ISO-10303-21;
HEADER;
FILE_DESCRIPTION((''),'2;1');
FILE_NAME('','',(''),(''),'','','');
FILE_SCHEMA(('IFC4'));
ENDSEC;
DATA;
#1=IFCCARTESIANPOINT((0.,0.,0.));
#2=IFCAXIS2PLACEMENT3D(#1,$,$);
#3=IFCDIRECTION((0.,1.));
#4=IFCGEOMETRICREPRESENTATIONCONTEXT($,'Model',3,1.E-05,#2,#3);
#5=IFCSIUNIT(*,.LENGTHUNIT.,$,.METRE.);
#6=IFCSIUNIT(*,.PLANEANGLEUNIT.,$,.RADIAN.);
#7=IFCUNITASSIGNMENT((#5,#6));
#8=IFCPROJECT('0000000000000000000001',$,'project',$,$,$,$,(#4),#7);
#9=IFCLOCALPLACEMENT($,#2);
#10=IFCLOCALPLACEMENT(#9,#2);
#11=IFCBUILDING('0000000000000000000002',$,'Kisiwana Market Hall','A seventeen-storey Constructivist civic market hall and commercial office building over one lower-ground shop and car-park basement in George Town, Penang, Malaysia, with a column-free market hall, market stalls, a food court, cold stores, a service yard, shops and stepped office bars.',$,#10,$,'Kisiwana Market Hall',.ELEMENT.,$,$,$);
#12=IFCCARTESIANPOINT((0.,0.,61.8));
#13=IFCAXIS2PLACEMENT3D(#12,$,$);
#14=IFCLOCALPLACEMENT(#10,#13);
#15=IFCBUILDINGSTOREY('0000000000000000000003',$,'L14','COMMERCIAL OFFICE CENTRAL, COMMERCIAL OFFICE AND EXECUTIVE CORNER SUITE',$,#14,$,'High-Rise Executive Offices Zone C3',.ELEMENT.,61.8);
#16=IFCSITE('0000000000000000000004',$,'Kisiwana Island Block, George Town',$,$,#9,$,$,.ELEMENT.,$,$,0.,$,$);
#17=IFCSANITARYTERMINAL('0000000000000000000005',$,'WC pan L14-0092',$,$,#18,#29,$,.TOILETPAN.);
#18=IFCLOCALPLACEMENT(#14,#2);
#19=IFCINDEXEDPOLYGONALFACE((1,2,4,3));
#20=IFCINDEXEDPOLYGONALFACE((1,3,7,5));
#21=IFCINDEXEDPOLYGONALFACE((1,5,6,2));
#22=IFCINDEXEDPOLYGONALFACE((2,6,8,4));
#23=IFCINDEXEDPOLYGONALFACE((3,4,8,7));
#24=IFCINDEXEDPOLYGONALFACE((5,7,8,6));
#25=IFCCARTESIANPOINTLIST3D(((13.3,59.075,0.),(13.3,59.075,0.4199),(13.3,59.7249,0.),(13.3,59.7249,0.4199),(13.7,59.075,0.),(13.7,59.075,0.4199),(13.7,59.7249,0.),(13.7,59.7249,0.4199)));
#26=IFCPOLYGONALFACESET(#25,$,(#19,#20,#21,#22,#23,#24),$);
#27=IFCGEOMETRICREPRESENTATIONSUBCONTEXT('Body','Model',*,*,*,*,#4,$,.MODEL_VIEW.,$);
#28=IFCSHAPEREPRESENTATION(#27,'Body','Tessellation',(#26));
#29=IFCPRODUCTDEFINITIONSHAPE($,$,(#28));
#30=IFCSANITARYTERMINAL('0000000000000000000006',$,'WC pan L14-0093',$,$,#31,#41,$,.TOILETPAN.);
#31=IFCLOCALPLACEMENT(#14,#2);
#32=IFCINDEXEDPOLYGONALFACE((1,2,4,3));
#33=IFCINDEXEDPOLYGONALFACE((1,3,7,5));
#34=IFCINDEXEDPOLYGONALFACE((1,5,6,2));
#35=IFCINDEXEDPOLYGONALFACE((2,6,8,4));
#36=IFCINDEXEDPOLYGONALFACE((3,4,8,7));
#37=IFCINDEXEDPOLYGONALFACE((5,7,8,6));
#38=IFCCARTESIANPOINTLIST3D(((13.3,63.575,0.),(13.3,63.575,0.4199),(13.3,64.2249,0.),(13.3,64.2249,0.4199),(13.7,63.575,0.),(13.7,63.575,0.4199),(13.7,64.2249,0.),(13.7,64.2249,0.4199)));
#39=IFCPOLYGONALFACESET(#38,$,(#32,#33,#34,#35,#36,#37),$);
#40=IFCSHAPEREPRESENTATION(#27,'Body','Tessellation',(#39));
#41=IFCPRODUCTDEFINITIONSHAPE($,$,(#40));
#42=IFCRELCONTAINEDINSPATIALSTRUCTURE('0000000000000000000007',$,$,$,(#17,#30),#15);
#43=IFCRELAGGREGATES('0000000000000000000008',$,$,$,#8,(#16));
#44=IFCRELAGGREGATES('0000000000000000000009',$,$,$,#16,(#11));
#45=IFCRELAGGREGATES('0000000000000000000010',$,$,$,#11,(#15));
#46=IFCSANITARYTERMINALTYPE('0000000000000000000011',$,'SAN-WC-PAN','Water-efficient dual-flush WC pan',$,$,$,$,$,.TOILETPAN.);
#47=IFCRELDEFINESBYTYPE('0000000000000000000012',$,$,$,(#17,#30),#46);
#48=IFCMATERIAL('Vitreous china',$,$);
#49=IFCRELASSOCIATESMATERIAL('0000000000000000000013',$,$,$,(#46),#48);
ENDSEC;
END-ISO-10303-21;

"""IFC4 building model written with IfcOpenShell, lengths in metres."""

from ifc_helpers import new_model, si_unit, direction, frame, origin, origin_2d, place, context, subcontext, project, spatial, rectangle, extrude, material, type_object, element, save


model = new_model("IFC4")

# Units and contexts
model_context = context("Model", 3, precision=1e-05, world=origin(), true_north=direction((0.0, 1.0)))
body_context = subcontext(model_context, "Body", "Model", "MODEL_VIEW")
ifc_project = project(units=[si_unit("LENGTHUNIT", "METRE"), si_unit("PLANEANGLEUNIT", "RADIAN")], contexts=[model_context])

# Site, building, storey
site_placement = place(None, origin())
site = spatial("IfcSite", under=ifc_project, at=site_placement, Name="Kisiwana Island Block, George Town", CompositionType="ELEMENT", RefElevation=0.0)
building_placement = place(site_placement, origin())
building = spatial("IfcBuilding", under=site, at=building_placement, Name="Kisiwana Market Hall", Description="A seventeen-storey Constructivist civic market hall and commercial office building over one lower-ground shop and car-park basement in George Town, Penang, Malaysia, with a column-free market hall, market stalls, a food court, cold stores, a service yard, shops and stepped office bars.", LongName="Kisiwana Market Hall", CompositionType="ELEMENT")
storey_placement = place(building_placement, frame((0.0, 0.0, 61.8)))
storey = spatial("IfcBuildingStorey", under=building, at=storey_placement, Name="L14", Description="COMMERCIAL OFFICE CENTRAL, COMMERCIAL OFFICE AND EXECUTIVE CORNER SUITE", LongName="High-Rise Executive Offices Zone C3", CompositionType="ELEMENT", Elevation=61.8)

# Sanitary terminals
ifc_material_1 = material(Name="Vitreous china")
sanitary_terminal_type_1 = type_object("IfcSanitaryTerminalType", Name="SAN-WC-PAN", Description="Water-efficient dual-flush WC pan", PredefinedType="TOILETPAN", material=ifc_material_1)
for number, where, z_axis, x_axis, name in (
    (1, (13.5, 59.3999, 0.0), (0.0, 0.0, 1.0), (1.0, 0.0, 0.0), "WC pan L14-0092"),
    (2, (13.5, 63.8999, 0.0), (0.0, 0.0, 1.0), (1.0, 0.0, 0.0), "WC pan L14-0093"),
):
    element("IfcSanitaryTerminal", number, at=place(storey_placement, frame(where, z_axis=z_axis, x_axis=x_axis)), inside=storey, type_object=sanitary_terminal_type_1, Name=name, PredefinedType="TOILETPAN", context=body_context, shape_type="SweptSolid", body=[
        extrude(rectangle(XDim=0.3999, YDim=0.6499, at=origin_2d()), origin(), (0.0, 0.0, 1.0), 0.4199),
    ])

save(model, "model.ifc")
